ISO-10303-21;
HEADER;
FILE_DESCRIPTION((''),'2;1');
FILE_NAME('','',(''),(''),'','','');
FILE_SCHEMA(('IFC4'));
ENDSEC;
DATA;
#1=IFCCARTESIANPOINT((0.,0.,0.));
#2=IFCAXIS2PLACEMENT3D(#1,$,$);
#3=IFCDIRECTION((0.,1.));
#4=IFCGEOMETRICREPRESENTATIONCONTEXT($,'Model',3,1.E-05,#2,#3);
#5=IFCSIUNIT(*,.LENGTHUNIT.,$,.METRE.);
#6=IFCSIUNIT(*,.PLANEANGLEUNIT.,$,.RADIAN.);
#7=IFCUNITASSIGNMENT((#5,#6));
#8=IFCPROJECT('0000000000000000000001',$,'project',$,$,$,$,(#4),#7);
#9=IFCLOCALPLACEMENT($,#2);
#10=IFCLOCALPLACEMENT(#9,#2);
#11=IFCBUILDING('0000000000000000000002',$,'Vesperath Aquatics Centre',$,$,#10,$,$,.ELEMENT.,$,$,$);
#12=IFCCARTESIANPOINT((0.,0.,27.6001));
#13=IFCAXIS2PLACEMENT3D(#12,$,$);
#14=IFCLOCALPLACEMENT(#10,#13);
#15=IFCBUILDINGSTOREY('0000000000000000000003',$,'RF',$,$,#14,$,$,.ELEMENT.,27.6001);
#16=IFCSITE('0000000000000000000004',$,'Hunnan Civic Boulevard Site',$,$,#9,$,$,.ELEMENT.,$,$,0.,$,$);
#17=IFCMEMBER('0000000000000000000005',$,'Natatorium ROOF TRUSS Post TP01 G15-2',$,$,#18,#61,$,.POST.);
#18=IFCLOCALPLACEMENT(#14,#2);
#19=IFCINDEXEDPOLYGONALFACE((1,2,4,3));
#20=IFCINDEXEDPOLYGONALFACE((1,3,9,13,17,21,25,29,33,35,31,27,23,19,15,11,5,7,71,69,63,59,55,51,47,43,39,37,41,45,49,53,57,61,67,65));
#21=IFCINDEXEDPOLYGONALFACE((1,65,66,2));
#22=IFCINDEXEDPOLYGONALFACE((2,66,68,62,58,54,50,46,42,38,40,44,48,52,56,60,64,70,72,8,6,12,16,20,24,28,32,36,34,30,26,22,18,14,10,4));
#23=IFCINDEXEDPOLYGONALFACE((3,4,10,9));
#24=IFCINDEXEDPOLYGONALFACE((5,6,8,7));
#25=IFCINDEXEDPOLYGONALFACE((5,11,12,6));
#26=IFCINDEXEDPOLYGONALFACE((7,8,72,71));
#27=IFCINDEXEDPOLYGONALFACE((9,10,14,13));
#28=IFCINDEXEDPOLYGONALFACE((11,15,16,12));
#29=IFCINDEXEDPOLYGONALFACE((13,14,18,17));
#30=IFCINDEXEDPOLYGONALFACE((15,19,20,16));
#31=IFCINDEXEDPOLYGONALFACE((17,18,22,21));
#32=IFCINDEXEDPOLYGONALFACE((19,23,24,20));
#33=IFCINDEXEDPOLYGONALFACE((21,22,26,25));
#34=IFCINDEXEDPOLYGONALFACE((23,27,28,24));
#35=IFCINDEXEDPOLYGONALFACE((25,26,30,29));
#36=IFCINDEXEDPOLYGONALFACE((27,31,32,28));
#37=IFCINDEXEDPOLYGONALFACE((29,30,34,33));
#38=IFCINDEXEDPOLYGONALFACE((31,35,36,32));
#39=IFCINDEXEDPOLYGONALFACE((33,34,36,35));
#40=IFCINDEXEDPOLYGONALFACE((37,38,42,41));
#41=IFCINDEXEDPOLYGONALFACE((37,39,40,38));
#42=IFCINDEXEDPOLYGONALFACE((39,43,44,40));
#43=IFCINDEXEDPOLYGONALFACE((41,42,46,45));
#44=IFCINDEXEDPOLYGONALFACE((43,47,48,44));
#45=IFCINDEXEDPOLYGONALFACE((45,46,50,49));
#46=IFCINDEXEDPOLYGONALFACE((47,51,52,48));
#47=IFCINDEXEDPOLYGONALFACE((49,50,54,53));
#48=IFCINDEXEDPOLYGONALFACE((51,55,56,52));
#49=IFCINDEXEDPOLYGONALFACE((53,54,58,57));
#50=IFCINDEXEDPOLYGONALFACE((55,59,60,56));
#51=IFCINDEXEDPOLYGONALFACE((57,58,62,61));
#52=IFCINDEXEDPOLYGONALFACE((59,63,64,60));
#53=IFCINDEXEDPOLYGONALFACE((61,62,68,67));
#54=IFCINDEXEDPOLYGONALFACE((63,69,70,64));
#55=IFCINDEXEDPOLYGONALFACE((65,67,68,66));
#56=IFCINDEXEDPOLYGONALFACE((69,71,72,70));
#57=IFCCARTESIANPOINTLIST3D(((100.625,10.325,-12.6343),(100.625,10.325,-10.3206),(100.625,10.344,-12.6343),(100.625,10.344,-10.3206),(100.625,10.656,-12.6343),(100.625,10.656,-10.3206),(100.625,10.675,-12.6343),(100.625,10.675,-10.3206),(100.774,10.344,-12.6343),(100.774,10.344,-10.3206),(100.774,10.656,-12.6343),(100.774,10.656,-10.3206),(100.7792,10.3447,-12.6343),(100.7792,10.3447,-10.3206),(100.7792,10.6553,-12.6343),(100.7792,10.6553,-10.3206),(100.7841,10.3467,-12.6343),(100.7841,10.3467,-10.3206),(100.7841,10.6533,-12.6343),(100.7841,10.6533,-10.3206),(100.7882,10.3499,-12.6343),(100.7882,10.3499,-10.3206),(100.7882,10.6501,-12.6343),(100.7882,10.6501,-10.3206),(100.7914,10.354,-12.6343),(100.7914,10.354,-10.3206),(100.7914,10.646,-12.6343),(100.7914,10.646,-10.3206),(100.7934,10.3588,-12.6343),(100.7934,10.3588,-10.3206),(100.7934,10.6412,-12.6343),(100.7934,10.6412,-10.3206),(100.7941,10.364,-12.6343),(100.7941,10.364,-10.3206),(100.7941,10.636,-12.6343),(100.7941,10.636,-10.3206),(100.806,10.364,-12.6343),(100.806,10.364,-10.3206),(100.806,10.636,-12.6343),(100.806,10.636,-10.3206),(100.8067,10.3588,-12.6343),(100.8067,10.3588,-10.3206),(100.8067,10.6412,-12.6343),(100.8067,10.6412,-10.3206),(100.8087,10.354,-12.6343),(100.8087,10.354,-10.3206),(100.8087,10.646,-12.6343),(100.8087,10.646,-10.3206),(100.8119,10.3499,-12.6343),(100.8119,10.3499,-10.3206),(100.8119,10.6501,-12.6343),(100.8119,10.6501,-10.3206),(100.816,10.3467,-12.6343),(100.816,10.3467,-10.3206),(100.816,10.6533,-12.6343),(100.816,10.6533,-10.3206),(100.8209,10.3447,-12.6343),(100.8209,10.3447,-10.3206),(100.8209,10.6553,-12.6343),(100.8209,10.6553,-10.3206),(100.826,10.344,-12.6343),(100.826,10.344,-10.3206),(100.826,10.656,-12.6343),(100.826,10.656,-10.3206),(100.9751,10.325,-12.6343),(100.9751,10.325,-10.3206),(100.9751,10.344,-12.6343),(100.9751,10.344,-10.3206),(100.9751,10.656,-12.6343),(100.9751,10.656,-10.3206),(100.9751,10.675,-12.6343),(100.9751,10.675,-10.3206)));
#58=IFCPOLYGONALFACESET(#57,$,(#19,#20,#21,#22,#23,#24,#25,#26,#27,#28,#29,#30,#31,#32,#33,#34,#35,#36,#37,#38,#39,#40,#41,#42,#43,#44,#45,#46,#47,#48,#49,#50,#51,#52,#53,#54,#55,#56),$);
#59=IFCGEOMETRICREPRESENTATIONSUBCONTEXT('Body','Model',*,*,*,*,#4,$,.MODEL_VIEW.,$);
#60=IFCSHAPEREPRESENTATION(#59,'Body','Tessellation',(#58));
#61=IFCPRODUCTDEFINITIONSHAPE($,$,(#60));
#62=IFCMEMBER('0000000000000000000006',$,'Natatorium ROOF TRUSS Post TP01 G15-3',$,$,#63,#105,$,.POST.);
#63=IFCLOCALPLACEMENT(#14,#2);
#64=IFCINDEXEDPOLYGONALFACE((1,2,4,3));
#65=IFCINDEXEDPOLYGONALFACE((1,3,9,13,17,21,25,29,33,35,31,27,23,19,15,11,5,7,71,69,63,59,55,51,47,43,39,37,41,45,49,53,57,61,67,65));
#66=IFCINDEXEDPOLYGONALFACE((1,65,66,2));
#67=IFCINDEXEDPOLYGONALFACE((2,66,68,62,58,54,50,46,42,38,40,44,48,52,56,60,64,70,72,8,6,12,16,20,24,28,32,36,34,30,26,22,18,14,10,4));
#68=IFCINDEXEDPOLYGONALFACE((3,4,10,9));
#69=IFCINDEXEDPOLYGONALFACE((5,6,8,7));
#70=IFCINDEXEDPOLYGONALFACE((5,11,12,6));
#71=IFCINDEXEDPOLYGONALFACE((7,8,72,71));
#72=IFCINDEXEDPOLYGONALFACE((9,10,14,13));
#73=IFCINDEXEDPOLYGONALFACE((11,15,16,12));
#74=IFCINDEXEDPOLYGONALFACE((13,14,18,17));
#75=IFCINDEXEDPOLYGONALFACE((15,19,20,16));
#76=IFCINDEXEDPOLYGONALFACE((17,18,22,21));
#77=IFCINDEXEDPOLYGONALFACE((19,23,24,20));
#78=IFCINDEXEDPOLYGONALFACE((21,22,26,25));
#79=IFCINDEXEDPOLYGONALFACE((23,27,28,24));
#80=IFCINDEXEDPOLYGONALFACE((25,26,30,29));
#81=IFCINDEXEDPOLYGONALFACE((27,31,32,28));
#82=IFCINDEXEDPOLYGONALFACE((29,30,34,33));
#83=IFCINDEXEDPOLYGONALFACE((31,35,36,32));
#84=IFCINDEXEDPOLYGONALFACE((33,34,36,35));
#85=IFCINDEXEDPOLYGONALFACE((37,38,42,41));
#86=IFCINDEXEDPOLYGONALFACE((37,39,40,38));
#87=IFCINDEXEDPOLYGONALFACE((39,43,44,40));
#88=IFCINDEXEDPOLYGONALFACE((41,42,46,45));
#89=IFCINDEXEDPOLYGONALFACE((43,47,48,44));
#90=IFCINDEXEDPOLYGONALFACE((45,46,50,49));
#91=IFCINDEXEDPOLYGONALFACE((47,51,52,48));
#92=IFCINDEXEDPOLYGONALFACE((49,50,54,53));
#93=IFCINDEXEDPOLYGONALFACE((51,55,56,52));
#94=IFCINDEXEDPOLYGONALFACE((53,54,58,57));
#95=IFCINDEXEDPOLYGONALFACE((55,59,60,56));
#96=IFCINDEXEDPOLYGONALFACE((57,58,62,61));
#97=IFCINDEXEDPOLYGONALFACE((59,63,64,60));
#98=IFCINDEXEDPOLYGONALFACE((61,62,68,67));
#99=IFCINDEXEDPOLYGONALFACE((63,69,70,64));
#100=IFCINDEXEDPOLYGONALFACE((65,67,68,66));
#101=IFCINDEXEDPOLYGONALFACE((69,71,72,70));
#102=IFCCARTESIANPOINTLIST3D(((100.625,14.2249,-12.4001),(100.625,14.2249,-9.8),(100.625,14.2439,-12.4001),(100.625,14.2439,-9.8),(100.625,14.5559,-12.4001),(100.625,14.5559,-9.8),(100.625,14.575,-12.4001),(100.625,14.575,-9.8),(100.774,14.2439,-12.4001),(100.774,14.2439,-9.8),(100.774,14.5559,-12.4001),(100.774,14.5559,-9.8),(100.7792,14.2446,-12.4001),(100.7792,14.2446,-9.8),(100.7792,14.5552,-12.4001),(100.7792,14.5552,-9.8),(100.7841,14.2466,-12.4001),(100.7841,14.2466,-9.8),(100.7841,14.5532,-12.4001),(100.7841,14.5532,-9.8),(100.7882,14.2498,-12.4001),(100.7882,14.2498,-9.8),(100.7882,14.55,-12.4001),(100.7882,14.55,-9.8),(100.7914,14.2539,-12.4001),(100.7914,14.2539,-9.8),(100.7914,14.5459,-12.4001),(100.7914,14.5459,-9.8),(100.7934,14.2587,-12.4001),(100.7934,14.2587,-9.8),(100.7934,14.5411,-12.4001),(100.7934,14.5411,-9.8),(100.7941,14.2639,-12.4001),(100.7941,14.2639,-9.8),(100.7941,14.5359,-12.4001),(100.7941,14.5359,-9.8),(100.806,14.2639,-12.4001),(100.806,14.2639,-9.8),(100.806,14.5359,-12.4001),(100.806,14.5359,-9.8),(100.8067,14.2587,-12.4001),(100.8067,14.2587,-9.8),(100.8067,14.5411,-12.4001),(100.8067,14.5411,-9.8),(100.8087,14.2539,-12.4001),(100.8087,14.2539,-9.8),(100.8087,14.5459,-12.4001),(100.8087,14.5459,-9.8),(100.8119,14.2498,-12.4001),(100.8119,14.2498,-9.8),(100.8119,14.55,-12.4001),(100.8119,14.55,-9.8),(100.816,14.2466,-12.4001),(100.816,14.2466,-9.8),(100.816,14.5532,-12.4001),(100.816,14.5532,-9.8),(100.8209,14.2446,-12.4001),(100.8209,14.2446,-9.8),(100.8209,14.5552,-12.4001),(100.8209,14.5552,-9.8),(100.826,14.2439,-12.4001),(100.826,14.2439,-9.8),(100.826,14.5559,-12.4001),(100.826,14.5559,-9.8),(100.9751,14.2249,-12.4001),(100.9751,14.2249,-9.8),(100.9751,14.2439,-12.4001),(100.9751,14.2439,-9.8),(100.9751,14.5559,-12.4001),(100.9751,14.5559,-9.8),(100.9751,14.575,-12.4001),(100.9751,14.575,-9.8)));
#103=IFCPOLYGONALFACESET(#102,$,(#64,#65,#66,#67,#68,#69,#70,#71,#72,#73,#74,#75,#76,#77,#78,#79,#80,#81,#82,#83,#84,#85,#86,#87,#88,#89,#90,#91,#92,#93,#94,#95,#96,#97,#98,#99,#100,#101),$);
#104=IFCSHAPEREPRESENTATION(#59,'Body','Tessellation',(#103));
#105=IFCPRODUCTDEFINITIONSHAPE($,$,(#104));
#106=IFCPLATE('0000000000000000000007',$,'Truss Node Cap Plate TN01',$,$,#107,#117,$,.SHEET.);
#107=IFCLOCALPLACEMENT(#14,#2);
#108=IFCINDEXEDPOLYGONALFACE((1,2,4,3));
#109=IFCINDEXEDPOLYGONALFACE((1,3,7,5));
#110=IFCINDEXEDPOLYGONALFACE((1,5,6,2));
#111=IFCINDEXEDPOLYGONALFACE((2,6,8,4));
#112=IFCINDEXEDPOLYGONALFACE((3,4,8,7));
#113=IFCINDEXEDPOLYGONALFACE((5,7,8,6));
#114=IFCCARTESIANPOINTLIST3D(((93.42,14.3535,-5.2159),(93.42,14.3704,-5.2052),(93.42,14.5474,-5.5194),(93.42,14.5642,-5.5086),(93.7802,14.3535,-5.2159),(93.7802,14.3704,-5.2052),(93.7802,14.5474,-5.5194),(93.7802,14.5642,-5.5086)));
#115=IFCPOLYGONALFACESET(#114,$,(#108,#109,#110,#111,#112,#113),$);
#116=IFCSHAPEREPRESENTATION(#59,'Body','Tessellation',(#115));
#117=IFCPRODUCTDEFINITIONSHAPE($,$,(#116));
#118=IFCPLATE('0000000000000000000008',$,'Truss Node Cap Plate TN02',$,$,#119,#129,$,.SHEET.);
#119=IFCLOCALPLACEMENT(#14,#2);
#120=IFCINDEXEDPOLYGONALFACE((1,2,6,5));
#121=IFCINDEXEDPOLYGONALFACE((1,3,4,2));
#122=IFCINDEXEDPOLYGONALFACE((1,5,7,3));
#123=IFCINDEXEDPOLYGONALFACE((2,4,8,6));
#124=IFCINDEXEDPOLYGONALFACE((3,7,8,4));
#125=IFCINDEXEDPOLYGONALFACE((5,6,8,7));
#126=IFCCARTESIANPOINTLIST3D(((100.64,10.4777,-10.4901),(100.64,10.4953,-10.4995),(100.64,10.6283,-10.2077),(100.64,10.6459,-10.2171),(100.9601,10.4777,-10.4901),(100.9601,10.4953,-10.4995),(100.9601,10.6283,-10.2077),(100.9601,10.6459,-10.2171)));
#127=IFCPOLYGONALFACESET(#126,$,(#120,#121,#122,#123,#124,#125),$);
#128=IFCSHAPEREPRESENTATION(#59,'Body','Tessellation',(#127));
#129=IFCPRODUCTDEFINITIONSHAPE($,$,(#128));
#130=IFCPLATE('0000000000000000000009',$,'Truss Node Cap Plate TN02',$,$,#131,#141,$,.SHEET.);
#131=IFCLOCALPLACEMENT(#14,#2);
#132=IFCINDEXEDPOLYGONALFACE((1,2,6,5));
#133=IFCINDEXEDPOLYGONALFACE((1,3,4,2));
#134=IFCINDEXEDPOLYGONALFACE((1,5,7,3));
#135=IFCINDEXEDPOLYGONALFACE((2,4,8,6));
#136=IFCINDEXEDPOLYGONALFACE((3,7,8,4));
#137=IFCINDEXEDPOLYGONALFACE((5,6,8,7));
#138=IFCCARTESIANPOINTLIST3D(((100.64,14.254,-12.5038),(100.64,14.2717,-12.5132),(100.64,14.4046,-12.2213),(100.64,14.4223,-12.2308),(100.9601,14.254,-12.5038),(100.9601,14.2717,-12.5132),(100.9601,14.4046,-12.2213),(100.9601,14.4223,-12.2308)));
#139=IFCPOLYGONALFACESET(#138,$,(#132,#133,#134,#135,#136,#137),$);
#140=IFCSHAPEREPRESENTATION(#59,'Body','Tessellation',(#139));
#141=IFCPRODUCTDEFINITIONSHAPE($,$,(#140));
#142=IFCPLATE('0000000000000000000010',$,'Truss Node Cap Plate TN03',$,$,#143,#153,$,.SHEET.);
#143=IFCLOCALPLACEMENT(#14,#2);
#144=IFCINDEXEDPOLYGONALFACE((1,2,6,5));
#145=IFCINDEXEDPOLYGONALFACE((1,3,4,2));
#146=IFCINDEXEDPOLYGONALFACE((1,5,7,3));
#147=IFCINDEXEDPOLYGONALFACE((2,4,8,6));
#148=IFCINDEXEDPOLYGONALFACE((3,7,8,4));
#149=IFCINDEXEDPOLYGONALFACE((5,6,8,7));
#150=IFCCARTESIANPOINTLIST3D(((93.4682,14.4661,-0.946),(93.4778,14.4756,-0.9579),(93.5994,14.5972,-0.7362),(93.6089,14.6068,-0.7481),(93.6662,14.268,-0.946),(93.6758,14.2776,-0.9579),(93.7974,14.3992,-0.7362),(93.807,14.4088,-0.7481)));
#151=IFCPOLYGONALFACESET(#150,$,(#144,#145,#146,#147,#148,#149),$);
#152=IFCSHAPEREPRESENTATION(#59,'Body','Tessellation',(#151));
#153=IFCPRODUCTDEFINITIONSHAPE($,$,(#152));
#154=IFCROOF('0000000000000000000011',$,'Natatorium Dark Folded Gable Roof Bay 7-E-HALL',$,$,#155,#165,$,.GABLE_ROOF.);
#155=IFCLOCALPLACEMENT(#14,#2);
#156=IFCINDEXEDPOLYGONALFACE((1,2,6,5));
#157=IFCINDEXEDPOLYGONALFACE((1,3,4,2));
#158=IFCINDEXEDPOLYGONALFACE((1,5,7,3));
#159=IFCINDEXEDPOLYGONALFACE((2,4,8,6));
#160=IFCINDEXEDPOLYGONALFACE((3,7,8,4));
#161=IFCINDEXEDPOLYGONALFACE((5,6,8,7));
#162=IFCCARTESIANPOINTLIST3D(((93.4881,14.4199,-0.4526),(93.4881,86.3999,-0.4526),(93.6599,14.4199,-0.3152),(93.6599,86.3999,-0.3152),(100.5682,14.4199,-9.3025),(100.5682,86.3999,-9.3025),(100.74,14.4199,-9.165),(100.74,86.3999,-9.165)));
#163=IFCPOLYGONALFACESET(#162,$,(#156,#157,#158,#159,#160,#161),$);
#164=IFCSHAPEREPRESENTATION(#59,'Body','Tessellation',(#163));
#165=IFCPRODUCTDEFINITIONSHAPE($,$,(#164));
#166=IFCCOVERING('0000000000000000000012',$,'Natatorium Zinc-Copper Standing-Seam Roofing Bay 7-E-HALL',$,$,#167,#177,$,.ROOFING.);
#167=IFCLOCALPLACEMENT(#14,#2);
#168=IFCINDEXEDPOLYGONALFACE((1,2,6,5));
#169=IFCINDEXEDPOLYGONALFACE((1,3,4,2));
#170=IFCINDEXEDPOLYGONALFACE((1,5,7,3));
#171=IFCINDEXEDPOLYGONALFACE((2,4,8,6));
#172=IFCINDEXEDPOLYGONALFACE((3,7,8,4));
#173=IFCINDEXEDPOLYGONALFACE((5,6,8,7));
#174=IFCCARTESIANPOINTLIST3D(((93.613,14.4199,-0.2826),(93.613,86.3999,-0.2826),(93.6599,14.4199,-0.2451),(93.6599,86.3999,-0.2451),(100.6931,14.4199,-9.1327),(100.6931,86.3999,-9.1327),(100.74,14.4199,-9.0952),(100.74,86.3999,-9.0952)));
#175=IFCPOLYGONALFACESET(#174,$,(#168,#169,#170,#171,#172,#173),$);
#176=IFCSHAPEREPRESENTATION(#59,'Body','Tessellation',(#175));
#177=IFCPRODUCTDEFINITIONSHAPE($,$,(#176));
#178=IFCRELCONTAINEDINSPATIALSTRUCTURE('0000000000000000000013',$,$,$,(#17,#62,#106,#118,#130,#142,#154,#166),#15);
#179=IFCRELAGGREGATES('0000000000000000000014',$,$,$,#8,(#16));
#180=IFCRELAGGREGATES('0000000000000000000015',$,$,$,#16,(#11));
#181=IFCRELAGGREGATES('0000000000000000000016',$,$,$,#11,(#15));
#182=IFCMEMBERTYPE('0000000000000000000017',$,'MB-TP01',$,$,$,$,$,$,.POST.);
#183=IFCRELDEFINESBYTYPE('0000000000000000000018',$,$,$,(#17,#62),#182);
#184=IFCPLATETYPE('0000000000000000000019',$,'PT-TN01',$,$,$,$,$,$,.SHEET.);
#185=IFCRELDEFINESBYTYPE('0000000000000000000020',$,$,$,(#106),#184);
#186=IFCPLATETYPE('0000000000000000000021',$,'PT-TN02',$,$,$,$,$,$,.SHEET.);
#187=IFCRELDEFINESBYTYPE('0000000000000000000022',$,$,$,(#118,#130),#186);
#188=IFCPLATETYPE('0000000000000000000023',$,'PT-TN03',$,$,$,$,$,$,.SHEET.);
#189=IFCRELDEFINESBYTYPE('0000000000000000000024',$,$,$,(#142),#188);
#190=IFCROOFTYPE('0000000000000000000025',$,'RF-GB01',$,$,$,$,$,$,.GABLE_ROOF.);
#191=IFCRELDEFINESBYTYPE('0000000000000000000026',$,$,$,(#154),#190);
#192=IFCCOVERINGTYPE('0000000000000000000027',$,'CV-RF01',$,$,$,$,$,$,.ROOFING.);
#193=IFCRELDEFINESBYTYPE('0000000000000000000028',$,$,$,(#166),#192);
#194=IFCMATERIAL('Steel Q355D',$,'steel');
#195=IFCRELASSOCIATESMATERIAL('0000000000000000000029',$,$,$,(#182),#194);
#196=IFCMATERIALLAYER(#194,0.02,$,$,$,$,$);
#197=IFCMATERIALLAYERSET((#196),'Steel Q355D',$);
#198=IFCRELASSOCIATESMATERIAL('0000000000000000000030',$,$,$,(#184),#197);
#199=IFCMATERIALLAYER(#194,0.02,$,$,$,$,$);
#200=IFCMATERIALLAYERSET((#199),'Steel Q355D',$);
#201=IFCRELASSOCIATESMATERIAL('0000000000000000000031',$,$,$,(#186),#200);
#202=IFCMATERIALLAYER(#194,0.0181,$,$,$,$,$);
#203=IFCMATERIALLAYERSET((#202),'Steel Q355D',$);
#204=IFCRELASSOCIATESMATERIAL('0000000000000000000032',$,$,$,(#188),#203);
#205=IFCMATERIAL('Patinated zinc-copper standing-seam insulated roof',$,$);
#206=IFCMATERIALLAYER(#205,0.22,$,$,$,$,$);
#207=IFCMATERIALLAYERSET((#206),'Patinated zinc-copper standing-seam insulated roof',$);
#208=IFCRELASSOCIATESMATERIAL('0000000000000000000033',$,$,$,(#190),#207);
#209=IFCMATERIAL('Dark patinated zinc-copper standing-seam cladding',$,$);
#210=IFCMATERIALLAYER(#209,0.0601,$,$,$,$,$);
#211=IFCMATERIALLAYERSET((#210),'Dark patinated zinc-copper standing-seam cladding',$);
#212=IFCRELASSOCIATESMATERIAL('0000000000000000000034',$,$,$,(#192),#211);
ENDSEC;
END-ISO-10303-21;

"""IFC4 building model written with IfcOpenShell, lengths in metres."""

from ifc_helpers import new_model, si_unit, direction, frame, origin, origin_2d, place, context, subcontext, project, spatial, polyline, rectangle, i_section, outline, extrude, material, layer, layer_set, material_profile, profile_set, type_object, element, save


model = new_model("IFC4")

# Units and contexts
model_context = context("Model", 3, precision=1e-05, world=origin(), true_north=direction((0.0, 1.0)))
body_context = subcontext(model_context, "Body", "Model", "MODEL_VIEW")
ifc_project = project(units=[si_unit("LENGTHUNIT", "METRE"), si_unit("PLANEANGLEUNIT", "RADIAN")], contexts=[model_context])

# Site, building, storey
site_placement = place(None, origin())
site = spatial("IfcSite", under=ifc_project, at=site_placement, Name="Hunnan Civic Boulevard Site", CompositionType="ELEMENT", RefElevation=0.0)
building_placement = place(site_placement, origin())
building = spatial("IfcBuilding", under=site, at=building_placement, Name="Vesperath Aquatics Centre", CompositionType="ELEMENT")
storey_placement = place(building_placement, frame((0.0, 0.0, 27.6001)))
storey = spatial("IfcBuildingStorey", under=building, at=storey_placement, Name="RF", CompositionType="ELEMENT", Elevation=27.6001)

# Shared definitions
ifc_material_1 = material(Name="Steel Q355D", Category="steel")

# Members
ifc_material_profile_1 = material_profile(ifc_material_1, i_section(OverallWidth=0.3501, OverallDepth=0.3501, WebThickness=0.012, FlangeThickness=0.019, FilletRadius=0.02, at=origin_2d()), Name="HW 350x350x12x19")
ifc_profile_set_1 = profile_set([ifc_material_profile_1], Name="Steel Q355D")
member_type_1 = type_object("IfcMemberType", Name="MB-TP01", PredefinedType="POST", material=ifc_profile_set_1)
member_1_placement = place(storey_placement, frame((100.8, 10.5, -12.6343), z_axis=(0.0, 0.0, 1.0), x_axis=(1.0, 0.0, 0.0)))
element("IfcMember", 1, at=member_1_placement, inside=storey, type_object=member_type_1, Name="Natatorium ROOF TRUSS Post TP01 G15-2", PredefinedType="POST", context=body_context, shape_type="SweptSolid", body=[
    extrude(i_section(OverallWidth=0.3501, OverallDepth=0.3501, WebThickness=0.012, FlangeThickness=0.019, FilletRadius=0.02, at=origin_2d()), origin(), (0.0, 0.0, 1.0), 2.3137),
])
member_2_placement = place(storey_placement, frame((100.8, 14.3999, -12.4001), z_axis=(0.0, 0.0, 1.0), x_axis=(1.0, 0.0, 0.0)))
element("IfcMember", 2, at=member_2_placement, inside=storey, type_object=member_type_1, Name="Natatorium ROOF TRUSS Post TP01 G15-3", PredefinedType="POST", context=body_context, shape_type="SweptSolid", body=[
    extrude(i_section(OverallWidth=0.3501, OverallDepth=0.3501, WebThickness=0.012, FlangeThickness=0.019, FilletRadius=0.02, at=origin_2d()), origin(), (0.0, 0.0, 1.0), 2.6001),
])

# Plates
ifc_layer_1 = layer(ifc_material_1, 0.02)
ifc_layer_set_1 = layer_set([ifc_layer_1], Name="Steel Q355D")
plate_type_1 = type_object("IfcPlateType", Name="PT-TN01", PredefinedType="SHEET", material=ifc_layer_set_1)
plate_1_placement = place(storey_placement, frame((93.6001, 14.4504, -5.3677), z_axis=(0.0, 0.842696, 0.538389), x_axis=(-1.0, 0.0, 0.0)))
element("IfcPlate", 3, at=plate_1_placement, inside=storey, type_object=plate_type_1, Name="Truss Node Cap Plate TN01", PredefinedType="SHEET", context=body_context, shape_type="SweptSolid", body=[
    extrude(rectangle(XDim=0.3601, YDim=0.3601, at=origin_2d()), origin(), (0.0, 0.0, 1.0), 0.02),
])
ifc_layer_2 = layer(ifc_material_1, 0.02)
ifc_layer_set_2 = layer_set([ifc_layer_2], Name="Steel Q355D")
plate_type_2 = type_object("IfcPlateType", Name="PT-TN02", PredefinedType="SHEET", material=ifc_layer_set_2)
for number, where, z_axis, x_axis, name in (
    (4, (100.8, 10.553, -10.3489), (0.0, 0.882391, -0.470518), (-1.0, 0.0, 0.0), "Truss Node Cap Plate TN02"),
    (5, (100.8, 14.3293, -12.3625), (0.0, 0.882391, -0.470518), (-1.0, 0.0, 0.0), "Truss Node Cap Plate TN02"),
):
    element("IfcPlate", number, at=place(storey_placement, frame(where, z_axis=z_axis, x_axis=x_axis)), inside=storey, type_object=plate_type_2, Name=name, PredefinedType="SHEET", context=body_context, shape_type="SweptSolid", body=[
        extrude(rectangle(XDim=0.3201, YDim=0.3201, at=origin_2d()), origin(), (0.0, 0.0, 1.0), 0.02),
    ])
ifc_layer_3 = layer(ifc_material_1, 0.0181)
ifc_layer_set_3 = layer_set([ifc_layer_3], Name="Steel Q355D")
plate_type_3 = type_object("IfcPlateType", Name="PT-TN03", PredefinedType="SHEET", material=ifc_layer_set_3)
plate_2_placement = place(storey_placement, frame((93.6328, 14.4326, -0.8411), z_axis=(0.529813, 0.529813, -0.662266), x_axis=(-0.707107, 0.707107, 0.0)))
element("IfcPlate", 6, at=plate_2_placement, inside=storey, type_object=plate_type_3, Name="Truss Node Cap Plate TN03", PredefinedType="SHEET", context=body_context, shape_type="SweptSolid", body=[
    extrude(rectangle(XDim=0.28, YDim=0.28, at=origin_2d()), origin(), (0.0, 0.0, 1.0), 0.0181),
])

# Roof
ifc_material_2 = material(Name="Patinated zinc-copper standing-seam insulated roof")
ifc_layer_4 = layer(ifc_material_2, 0.22)
ifc_layer_set_4 = layer_set([ifc_layer_4], Name="Patinated zinc-copper standing-seam insulated roof")
roof_type = type_object("IfcRoofType", Name="RF-GB01", PredefinedType="GABLE_ROOF", material=ifc_layer_set_4)
roof_placement = place(storey_placement, frame((93.6599, 14.4199, -0.3152), z_axis=(0.78086, 0.0, 0.624706), x_axis=(0.624706, 0.0, -0.78086)))
element("IfcRoof", 7, at=roof_placement, inside=storey, type_object=roof_type, Name="Natatorium Dark Folded Gable Roof Bay 7-E-HALL", PredefinedType="GABLE_ROOF", context=body_context, shape_type="SweptSolid", body=[
    extrude(outline(polyline([(0.0, 0.0), (11.3335, 0.0), (11.3335, 71.98), (0.0, 71.98), (0.0, 0.0)])), origin(), (0.0, 0.0, -1.0), 0.22),
])

# Covering
ifc_material_3 = material(Name="Dark patinated zinc-copper standing-seam cladding")
ifc_layer_5 = layer(ifc_material_3, 0.0601)
ifc_layer_set_5 = layer_set([ifc_layer_5], Name="Dark patinated zinc-copper standing-seam cladding")
covering_type = type_object("IfcCoveringType", Name="CV-RF01", PredefinedType="ROOFING", material=ifc_layer_set_5)
covering_placement = place(storey_placement, frame((93.6599, 14.4199, -0.2451), z_axis=(0.780869, 0.0, 0.624695), x_axis=(0.624695, 0.0, -0.780869)))
element("IfcCovering", 8, at=covering_placement, inside=storey, type_object=covering_type, Name="Natatorium Zinc-Copper Standing-Seam Roofing Bay 7-E-HALL", PredefinedType="ROOFING", context=body_context, shape_type="SweptSolid", body=[
    extrude(outline(polyline([(0.0, 0.0), (11.3337, 0.0), (11.3337, 71.98), (0.0, 71.98), (0.0, 0.0)])), origin(), (0.0, 0.0, -1.0), 0.0601),
])

save(model, "model.ifc")
